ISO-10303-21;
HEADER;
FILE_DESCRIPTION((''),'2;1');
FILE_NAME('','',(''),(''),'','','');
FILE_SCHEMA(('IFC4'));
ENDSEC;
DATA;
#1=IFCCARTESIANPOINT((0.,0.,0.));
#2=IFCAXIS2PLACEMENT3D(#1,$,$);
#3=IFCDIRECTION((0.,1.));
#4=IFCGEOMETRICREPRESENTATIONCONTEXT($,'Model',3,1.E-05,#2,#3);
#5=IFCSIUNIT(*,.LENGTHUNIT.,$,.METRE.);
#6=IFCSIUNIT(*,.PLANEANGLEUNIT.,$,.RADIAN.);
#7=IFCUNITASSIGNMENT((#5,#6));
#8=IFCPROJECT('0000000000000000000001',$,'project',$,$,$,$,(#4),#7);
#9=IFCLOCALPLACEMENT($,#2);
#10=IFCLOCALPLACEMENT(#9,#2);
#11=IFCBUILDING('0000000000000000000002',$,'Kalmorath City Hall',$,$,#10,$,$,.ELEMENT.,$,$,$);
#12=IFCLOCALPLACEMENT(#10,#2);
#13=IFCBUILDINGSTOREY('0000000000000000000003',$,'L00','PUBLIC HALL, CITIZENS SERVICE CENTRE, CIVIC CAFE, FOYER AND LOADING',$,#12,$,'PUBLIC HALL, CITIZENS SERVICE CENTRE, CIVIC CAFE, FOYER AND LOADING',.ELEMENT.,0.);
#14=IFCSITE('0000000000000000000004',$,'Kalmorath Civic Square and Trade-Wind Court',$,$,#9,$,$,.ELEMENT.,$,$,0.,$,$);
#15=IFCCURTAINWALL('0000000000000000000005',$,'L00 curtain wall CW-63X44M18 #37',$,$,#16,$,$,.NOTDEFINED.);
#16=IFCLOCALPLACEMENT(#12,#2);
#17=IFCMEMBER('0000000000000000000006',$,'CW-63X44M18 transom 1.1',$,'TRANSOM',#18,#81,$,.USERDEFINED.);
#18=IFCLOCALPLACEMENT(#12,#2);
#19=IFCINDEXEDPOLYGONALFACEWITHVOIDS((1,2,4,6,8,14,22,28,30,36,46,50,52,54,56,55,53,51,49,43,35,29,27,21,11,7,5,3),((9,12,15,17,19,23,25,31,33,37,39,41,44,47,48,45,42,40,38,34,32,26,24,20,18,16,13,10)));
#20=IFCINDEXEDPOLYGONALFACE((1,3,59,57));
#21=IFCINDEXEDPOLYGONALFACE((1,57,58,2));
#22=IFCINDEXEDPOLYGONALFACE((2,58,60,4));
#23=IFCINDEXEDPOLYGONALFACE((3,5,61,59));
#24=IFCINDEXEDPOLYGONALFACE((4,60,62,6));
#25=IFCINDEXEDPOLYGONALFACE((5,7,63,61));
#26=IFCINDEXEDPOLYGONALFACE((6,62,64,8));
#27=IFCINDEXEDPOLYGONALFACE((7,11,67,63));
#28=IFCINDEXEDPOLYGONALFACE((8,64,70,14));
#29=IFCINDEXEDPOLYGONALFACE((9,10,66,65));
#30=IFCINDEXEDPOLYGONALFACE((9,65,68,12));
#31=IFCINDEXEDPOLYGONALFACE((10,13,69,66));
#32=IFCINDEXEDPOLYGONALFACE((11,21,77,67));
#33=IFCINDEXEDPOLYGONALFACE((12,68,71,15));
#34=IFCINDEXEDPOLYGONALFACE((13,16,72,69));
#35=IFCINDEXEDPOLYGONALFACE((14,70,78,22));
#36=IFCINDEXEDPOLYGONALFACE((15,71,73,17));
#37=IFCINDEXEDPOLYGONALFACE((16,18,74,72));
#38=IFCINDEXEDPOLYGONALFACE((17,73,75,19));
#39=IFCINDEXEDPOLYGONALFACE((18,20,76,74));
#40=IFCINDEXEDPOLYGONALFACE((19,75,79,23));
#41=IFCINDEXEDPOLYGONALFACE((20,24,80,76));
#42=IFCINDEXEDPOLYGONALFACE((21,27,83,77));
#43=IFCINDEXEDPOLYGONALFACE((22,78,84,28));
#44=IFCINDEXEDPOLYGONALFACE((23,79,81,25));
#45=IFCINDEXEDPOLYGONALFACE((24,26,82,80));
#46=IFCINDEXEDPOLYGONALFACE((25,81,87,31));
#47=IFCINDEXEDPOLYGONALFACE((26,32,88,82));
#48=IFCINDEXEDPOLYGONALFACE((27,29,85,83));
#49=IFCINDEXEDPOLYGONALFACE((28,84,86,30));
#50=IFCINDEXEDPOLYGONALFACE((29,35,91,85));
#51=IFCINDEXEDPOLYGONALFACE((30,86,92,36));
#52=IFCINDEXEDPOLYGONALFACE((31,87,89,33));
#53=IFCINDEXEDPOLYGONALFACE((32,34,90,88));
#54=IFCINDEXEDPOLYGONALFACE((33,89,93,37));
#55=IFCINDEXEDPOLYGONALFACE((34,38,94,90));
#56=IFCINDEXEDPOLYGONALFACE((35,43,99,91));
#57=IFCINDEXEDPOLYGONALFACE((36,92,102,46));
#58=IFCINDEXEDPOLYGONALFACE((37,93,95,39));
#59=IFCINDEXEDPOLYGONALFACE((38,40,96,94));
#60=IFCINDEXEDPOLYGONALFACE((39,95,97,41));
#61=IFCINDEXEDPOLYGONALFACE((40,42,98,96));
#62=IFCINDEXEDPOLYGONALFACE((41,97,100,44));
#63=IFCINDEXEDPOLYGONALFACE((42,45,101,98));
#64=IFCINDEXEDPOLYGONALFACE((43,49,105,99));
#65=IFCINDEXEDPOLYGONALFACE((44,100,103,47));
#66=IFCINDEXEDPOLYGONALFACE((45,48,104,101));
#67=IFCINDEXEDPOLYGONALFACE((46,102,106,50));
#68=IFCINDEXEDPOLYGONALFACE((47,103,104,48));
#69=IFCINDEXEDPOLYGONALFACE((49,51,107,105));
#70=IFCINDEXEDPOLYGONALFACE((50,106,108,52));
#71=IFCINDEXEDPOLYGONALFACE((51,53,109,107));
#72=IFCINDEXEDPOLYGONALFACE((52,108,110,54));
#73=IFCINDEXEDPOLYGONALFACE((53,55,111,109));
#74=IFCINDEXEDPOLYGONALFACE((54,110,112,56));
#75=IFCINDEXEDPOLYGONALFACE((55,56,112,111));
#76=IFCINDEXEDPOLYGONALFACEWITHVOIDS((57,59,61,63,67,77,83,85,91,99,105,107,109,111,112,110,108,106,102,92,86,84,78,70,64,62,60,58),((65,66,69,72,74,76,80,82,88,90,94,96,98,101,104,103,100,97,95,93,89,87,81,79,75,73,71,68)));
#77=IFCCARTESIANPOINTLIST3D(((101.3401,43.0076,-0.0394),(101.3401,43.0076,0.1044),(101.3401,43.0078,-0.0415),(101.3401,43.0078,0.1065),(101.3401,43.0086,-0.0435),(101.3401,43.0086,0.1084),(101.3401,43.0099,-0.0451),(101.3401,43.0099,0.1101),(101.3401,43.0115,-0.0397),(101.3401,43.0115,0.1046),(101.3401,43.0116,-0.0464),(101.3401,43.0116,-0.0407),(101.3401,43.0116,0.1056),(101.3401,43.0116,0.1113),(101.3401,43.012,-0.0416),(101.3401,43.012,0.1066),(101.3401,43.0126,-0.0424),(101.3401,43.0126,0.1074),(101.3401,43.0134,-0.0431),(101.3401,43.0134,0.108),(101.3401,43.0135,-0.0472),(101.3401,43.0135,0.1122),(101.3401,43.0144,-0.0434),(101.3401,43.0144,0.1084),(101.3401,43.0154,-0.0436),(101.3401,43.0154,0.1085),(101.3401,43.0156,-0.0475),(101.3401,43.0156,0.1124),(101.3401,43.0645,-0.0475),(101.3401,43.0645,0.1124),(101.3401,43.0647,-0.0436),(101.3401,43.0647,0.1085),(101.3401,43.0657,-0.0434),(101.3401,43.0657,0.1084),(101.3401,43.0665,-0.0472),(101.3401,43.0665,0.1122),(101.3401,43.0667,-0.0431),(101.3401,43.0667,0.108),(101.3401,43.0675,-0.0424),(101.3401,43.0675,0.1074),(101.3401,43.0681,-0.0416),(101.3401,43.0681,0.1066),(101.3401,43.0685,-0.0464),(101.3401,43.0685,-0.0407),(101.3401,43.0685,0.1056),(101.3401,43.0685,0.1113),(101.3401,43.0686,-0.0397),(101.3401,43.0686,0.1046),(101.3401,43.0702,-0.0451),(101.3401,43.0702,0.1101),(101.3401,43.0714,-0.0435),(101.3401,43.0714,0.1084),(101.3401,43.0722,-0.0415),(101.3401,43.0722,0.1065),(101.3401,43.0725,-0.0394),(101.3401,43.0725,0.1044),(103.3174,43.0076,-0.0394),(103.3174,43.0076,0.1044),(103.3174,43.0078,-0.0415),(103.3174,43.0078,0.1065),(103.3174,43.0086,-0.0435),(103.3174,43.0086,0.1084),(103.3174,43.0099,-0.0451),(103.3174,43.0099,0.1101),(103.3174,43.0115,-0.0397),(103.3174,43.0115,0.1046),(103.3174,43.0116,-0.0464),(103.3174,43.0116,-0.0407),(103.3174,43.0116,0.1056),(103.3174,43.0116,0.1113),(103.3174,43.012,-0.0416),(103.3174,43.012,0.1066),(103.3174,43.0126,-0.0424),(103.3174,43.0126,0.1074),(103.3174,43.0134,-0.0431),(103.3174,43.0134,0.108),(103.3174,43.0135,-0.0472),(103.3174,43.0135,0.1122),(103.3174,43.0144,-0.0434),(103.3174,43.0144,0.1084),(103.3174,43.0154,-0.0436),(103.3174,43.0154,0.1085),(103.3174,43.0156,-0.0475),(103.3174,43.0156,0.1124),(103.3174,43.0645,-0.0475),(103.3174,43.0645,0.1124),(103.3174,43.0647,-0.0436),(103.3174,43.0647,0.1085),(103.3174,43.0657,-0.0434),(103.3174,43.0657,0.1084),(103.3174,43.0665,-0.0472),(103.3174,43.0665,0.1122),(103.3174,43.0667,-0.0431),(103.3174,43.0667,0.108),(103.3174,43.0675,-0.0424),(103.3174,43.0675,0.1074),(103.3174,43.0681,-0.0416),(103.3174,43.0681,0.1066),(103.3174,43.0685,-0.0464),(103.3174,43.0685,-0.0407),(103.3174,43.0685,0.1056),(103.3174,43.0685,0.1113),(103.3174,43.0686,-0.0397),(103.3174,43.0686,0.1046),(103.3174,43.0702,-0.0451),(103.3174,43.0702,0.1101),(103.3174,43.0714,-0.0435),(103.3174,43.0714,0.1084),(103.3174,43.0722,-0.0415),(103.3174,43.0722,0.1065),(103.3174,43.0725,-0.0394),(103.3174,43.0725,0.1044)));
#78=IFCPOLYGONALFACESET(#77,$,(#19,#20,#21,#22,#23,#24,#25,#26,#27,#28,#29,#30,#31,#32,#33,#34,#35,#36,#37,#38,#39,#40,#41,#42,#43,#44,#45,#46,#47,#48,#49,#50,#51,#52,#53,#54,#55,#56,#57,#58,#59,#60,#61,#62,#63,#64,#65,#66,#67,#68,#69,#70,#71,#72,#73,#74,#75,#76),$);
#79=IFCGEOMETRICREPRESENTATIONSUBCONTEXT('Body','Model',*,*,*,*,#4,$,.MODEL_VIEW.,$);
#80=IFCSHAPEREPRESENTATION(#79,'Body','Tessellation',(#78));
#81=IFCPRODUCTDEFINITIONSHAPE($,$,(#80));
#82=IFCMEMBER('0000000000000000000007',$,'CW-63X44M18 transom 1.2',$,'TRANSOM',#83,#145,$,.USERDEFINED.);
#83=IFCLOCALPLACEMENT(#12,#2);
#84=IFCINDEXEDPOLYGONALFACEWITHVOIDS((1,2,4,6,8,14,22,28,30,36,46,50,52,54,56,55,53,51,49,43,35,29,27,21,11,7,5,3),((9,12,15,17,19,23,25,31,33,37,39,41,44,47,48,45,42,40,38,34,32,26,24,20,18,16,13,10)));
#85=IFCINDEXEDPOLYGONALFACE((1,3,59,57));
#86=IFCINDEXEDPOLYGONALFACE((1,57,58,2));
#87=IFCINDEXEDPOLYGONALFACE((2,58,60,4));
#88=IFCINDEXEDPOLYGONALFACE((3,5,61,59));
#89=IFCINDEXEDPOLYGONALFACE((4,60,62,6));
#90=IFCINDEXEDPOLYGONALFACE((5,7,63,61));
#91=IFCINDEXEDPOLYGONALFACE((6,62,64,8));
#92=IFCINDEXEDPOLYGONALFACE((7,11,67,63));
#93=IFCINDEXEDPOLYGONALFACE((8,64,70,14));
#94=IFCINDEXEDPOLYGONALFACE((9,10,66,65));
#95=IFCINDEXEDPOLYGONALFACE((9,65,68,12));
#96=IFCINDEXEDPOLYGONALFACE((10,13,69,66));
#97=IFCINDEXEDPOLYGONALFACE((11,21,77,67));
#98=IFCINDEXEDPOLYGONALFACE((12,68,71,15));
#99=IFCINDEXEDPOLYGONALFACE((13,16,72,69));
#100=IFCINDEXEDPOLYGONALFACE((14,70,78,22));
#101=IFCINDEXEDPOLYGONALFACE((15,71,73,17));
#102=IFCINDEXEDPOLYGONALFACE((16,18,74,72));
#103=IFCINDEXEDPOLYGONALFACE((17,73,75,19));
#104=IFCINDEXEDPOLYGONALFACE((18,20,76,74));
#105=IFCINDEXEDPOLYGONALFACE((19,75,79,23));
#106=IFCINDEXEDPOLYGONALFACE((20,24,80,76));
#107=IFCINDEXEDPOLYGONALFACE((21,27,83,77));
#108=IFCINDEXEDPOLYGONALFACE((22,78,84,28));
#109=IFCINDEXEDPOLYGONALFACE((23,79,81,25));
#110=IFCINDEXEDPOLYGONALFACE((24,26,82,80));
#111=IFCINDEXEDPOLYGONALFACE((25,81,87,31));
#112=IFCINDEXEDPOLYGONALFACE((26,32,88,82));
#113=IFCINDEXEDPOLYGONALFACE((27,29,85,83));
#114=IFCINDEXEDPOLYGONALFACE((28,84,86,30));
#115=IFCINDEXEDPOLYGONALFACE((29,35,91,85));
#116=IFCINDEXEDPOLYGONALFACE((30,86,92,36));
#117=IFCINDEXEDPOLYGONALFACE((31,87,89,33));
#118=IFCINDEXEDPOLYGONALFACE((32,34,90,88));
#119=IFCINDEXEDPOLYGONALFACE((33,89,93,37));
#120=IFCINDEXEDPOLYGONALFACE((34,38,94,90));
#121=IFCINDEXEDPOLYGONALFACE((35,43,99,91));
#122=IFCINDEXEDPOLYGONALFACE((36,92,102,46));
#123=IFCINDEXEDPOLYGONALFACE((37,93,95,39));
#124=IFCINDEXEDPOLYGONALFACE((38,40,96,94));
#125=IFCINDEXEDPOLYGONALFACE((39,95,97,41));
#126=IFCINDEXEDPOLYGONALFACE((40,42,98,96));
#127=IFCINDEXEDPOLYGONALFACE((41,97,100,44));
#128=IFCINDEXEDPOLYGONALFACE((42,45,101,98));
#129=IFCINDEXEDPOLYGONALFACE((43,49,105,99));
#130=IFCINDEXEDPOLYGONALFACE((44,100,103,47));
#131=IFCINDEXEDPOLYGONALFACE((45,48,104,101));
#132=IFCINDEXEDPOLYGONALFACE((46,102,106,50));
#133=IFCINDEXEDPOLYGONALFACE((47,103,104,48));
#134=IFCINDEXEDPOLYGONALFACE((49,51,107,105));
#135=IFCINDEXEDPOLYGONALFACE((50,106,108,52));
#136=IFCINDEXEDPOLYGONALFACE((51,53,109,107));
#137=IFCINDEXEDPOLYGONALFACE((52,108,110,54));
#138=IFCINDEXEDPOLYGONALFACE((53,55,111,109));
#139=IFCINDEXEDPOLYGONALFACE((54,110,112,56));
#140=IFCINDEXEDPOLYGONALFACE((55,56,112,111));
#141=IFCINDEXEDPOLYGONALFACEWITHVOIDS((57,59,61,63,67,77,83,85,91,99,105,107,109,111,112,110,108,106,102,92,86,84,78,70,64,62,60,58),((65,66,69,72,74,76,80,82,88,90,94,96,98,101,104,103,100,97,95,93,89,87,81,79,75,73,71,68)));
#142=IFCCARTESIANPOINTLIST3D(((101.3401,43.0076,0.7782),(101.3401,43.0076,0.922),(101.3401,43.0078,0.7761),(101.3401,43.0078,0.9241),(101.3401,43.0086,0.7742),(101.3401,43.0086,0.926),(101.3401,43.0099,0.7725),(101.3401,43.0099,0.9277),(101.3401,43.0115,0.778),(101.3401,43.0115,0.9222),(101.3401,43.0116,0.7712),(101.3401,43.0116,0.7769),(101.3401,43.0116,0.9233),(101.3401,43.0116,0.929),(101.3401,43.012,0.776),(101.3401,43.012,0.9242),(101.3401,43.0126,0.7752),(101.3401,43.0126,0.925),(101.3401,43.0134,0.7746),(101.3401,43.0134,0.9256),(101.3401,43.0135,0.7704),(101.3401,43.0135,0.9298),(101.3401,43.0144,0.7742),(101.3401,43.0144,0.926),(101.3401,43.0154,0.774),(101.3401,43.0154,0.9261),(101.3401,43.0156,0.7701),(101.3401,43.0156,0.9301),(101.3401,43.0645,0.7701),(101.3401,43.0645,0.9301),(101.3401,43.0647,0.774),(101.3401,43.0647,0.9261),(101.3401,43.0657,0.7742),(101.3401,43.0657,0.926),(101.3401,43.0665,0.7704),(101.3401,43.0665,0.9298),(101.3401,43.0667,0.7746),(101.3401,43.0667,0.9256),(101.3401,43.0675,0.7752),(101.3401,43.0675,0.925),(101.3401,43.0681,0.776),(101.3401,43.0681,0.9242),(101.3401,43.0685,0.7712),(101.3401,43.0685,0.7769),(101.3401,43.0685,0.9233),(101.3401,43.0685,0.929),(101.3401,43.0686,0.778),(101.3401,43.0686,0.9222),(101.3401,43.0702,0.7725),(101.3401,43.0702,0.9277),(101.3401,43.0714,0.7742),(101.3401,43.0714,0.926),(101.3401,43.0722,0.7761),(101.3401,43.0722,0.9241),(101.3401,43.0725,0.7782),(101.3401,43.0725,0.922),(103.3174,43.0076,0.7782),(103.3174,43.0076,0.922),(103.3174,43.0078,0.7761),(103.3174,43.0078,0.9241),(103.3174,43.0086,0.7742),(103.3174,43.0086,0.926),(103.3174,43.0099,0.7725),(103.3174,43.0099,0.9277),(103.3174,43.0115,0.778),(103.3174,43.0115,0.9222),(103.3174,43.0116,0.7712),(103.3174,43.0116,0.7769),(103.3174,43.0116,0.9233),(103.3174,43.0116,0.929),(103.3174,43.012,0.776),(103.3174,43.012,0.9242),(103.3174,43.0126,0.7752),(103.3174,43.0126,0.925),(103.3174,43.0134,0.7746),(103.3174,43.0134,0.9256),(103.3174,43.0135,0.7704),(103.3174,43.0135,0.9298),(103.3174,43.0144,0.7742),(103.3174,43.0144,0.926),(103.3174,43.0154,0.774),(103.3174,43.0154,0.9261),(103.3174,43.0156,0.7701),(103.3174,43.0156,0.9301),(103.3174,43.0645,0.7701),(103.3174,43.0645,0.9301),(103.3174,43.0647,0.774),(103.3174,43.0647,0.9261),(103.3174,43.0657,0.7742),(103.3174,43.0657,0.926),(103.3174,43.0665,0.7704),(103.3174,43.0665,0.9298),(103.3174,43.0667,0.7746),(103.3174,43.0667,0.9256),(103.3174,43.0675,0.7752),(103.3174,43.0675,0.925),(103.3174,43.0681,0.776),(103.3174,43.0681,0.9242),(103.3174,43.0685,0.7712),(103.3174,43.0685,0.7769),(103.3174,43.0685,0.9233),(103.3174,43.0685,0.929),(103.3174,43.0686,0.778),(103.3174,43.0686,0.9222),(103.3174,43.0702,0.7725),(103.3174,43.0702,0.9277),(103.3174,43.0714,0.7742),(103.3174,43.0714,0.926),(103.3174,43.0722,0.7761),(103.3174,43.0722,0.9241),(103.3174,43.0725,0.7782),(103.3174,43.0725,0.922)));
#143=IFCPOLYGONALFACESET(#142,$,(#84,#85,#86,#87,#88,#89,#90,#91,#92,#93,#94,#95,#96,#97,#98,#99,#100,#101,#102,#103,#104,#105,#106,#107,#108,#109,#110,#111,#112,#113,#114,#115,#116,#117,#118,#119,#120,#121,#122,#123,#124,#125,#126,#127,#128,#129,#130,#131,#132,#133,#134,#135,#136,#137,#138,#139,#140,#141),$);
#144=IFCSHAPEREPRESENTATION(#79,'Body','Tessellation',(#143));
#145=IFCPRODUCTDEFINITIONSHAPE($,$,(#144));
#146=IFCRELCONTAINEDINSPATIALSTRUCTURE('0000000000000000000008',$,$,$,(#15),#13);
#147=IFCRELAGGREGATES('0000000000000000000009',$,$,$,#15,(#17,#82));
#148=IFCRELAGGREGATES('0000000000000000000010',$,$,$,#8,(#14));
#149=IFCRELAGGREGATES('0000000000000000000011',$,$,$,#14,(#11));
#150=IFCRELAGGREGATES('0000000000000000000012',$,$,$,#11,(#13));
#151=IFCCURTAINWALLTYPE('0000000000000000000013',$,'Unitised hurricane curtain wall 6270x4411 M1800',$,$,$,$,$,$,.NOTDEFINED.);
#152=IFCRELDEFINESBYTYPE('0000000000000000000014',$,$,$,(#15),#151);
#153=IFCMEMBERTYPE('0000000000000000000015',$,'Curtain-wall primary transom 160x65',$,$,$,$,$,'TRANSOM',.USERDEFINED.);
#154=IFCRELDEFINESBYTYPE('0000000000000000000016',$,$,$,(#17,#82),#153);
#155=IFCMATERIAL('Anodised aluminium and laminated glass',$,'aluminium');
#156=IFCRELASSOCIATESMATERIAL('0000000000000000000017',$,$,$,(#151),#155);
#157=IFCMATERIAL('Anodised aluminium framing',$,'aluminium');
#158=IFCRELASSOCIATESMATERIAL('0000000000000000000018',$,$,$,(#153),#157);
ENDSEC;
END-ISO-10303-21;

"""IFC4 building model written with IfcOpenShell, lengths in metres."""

from ifc_helpers import new_model, si_unit, direction, frame, origin, origin_2d, place, context, subcontext, project, spatial, hollow_rectangle, extrude, material, material_profile, profile_set, type_object, element, aggregate, save


model = new_model("IFC4")

# Units and contexts
model_context = context("Model", 3, precision=1e-05, world=origin(), true_north=direction((0.0, 1.0)))
body_context = subcontext(model_context, "Body", "Model", "MODEL_VIEW")
ifc_project = project(units=[si_unit("LENGTHUNIT", "METRE"), si_unit("PLANEANGLEUNIT", "RADIAN")], contexts=[model_context])

# Site, building, storey
site_placement = place(None, origin())
site = spatial("IfcSite", under=ifc_project, at=site_placement, Name="Kalmorath Civic Square and Trade-Wind Court", CompositionType="ELEMENT", RefElevation=0.0)
building_placement = place(site_placement, origin())
building = spatial("IfcBuilding", under=site, at=building_placement, Name="Kalmorath City Hall", CompositionType="ELEMENT")
storey_placement = place(building_placement, origin())
storey = spatial("IfcBuildingStorey", under=building, at=storey_placement, Name="L00", Description="PUBLIC HALL, CITIZENS SERVICE CENTRE, CIVIC CAFE, FOYER AND LOADING", LongName="PUBLIC HALL, CITIZENS SERVICE CENTRE, CIVIC CAFE, FOYER AND LOADING", CompositionType="ELEMENT", Elevation=0.0)

# Curtain wall
ifc_material_1 = material(Name="Anodised aluminium and laminated glass", Category="aluminium")
curtain_wall_type_1 = type_object("IfcCurtainWallType", Name="Unitised hurricane curtain wall 6270x4411 M1800", PredefinedType="NOTDEFINED", material=ifc_material_1)
curtain_wall_1_placement = place(storey_placement, origin())
curtain_wall_1 = element("IfcCurtainWall", 1, at=curtain_wall_1_placement, inside=storey, type_object=curtain_wall_type_1, Name="L00 curtain wall CW-63X44M18 #37", PredefinedType="NOTDEFINED")

# Members
ifc_material_2 = material(Name="Anodised aluminium framing", Category="aluminium")
ifc_material_profile_1 = material_profile(ifc_material_2, hollow_rectangle(XDim=0.0649, YDim=0.1599, WallThickness=0.0039, InnerFilletRadius=0.0039, OuterFilletRadius=0.0081, at=origin_2d()), Name="ALU-TRN-160X65X4")
ifc_profile_set_1 = profile_set([ifc_material_profile_1], Name="Anodised aluminium framing")
member_type_1 = type_object("IfcMemberType", Name="Curtain-wall primary transom 160x65", ElementType="TRANSOM", PredefinedType="USERDEFINED", material=ifc_profile_set_1)
member_1_placement = place(storey_placement, frame((101.3401, 43.04, 0.0325), z_axis=(1.0, 0.0, 0.0), x_axis=(0.0, 1.0, 0.0)))
member_1 = element("IfcMember", 2, at=member_1_placement, type_object=member_type_1, Name="CW-63X44M18 transom 1.1", ObjectType="TRANSOM", PredefinedType="USERDEFINED", context=body_context, shape_type="SweptSolid", body=[
    extrude(hollow_rectangle(XDim=0.0649, YDim=0.1599, WallThickness=0.0039, InnerFilletRadius=0.0039, OuterFilletRadius=0.0081, at=origin_2d()), origin(), (0.0, 0.0, 1.0), 1.9773),
])
member_2_placement = place(storey_placement, frame((101.3401, 43.04, 0.8501), z_axis=(1.0, 0.0, 0.0), x_axis=(0.0, 1.0, 0.0)))
member_2 = element("IfcMember", 3, at=member_2_placement, type_object=member_type_1, Name="CW-63X44M18 transom 1.2", ObjectType="TRANSOM", PredefinedType="USERDEFINED", context=body_context, shape_type="SweptSolid", body=[
    extrude(hollow_rectangle(XDim=0.0649, YDim=0.1599, WallThickness=0.0039, InnerFilletRadius=0.0039, OuterFilletRadius=0.0081, at=origin_2d()), origin(), (0.0, 0.0, 1.0), 1.9773),
])

aggregate(curtain_wall_1, [member_1, member_2])

save(model, "model.ifc")
